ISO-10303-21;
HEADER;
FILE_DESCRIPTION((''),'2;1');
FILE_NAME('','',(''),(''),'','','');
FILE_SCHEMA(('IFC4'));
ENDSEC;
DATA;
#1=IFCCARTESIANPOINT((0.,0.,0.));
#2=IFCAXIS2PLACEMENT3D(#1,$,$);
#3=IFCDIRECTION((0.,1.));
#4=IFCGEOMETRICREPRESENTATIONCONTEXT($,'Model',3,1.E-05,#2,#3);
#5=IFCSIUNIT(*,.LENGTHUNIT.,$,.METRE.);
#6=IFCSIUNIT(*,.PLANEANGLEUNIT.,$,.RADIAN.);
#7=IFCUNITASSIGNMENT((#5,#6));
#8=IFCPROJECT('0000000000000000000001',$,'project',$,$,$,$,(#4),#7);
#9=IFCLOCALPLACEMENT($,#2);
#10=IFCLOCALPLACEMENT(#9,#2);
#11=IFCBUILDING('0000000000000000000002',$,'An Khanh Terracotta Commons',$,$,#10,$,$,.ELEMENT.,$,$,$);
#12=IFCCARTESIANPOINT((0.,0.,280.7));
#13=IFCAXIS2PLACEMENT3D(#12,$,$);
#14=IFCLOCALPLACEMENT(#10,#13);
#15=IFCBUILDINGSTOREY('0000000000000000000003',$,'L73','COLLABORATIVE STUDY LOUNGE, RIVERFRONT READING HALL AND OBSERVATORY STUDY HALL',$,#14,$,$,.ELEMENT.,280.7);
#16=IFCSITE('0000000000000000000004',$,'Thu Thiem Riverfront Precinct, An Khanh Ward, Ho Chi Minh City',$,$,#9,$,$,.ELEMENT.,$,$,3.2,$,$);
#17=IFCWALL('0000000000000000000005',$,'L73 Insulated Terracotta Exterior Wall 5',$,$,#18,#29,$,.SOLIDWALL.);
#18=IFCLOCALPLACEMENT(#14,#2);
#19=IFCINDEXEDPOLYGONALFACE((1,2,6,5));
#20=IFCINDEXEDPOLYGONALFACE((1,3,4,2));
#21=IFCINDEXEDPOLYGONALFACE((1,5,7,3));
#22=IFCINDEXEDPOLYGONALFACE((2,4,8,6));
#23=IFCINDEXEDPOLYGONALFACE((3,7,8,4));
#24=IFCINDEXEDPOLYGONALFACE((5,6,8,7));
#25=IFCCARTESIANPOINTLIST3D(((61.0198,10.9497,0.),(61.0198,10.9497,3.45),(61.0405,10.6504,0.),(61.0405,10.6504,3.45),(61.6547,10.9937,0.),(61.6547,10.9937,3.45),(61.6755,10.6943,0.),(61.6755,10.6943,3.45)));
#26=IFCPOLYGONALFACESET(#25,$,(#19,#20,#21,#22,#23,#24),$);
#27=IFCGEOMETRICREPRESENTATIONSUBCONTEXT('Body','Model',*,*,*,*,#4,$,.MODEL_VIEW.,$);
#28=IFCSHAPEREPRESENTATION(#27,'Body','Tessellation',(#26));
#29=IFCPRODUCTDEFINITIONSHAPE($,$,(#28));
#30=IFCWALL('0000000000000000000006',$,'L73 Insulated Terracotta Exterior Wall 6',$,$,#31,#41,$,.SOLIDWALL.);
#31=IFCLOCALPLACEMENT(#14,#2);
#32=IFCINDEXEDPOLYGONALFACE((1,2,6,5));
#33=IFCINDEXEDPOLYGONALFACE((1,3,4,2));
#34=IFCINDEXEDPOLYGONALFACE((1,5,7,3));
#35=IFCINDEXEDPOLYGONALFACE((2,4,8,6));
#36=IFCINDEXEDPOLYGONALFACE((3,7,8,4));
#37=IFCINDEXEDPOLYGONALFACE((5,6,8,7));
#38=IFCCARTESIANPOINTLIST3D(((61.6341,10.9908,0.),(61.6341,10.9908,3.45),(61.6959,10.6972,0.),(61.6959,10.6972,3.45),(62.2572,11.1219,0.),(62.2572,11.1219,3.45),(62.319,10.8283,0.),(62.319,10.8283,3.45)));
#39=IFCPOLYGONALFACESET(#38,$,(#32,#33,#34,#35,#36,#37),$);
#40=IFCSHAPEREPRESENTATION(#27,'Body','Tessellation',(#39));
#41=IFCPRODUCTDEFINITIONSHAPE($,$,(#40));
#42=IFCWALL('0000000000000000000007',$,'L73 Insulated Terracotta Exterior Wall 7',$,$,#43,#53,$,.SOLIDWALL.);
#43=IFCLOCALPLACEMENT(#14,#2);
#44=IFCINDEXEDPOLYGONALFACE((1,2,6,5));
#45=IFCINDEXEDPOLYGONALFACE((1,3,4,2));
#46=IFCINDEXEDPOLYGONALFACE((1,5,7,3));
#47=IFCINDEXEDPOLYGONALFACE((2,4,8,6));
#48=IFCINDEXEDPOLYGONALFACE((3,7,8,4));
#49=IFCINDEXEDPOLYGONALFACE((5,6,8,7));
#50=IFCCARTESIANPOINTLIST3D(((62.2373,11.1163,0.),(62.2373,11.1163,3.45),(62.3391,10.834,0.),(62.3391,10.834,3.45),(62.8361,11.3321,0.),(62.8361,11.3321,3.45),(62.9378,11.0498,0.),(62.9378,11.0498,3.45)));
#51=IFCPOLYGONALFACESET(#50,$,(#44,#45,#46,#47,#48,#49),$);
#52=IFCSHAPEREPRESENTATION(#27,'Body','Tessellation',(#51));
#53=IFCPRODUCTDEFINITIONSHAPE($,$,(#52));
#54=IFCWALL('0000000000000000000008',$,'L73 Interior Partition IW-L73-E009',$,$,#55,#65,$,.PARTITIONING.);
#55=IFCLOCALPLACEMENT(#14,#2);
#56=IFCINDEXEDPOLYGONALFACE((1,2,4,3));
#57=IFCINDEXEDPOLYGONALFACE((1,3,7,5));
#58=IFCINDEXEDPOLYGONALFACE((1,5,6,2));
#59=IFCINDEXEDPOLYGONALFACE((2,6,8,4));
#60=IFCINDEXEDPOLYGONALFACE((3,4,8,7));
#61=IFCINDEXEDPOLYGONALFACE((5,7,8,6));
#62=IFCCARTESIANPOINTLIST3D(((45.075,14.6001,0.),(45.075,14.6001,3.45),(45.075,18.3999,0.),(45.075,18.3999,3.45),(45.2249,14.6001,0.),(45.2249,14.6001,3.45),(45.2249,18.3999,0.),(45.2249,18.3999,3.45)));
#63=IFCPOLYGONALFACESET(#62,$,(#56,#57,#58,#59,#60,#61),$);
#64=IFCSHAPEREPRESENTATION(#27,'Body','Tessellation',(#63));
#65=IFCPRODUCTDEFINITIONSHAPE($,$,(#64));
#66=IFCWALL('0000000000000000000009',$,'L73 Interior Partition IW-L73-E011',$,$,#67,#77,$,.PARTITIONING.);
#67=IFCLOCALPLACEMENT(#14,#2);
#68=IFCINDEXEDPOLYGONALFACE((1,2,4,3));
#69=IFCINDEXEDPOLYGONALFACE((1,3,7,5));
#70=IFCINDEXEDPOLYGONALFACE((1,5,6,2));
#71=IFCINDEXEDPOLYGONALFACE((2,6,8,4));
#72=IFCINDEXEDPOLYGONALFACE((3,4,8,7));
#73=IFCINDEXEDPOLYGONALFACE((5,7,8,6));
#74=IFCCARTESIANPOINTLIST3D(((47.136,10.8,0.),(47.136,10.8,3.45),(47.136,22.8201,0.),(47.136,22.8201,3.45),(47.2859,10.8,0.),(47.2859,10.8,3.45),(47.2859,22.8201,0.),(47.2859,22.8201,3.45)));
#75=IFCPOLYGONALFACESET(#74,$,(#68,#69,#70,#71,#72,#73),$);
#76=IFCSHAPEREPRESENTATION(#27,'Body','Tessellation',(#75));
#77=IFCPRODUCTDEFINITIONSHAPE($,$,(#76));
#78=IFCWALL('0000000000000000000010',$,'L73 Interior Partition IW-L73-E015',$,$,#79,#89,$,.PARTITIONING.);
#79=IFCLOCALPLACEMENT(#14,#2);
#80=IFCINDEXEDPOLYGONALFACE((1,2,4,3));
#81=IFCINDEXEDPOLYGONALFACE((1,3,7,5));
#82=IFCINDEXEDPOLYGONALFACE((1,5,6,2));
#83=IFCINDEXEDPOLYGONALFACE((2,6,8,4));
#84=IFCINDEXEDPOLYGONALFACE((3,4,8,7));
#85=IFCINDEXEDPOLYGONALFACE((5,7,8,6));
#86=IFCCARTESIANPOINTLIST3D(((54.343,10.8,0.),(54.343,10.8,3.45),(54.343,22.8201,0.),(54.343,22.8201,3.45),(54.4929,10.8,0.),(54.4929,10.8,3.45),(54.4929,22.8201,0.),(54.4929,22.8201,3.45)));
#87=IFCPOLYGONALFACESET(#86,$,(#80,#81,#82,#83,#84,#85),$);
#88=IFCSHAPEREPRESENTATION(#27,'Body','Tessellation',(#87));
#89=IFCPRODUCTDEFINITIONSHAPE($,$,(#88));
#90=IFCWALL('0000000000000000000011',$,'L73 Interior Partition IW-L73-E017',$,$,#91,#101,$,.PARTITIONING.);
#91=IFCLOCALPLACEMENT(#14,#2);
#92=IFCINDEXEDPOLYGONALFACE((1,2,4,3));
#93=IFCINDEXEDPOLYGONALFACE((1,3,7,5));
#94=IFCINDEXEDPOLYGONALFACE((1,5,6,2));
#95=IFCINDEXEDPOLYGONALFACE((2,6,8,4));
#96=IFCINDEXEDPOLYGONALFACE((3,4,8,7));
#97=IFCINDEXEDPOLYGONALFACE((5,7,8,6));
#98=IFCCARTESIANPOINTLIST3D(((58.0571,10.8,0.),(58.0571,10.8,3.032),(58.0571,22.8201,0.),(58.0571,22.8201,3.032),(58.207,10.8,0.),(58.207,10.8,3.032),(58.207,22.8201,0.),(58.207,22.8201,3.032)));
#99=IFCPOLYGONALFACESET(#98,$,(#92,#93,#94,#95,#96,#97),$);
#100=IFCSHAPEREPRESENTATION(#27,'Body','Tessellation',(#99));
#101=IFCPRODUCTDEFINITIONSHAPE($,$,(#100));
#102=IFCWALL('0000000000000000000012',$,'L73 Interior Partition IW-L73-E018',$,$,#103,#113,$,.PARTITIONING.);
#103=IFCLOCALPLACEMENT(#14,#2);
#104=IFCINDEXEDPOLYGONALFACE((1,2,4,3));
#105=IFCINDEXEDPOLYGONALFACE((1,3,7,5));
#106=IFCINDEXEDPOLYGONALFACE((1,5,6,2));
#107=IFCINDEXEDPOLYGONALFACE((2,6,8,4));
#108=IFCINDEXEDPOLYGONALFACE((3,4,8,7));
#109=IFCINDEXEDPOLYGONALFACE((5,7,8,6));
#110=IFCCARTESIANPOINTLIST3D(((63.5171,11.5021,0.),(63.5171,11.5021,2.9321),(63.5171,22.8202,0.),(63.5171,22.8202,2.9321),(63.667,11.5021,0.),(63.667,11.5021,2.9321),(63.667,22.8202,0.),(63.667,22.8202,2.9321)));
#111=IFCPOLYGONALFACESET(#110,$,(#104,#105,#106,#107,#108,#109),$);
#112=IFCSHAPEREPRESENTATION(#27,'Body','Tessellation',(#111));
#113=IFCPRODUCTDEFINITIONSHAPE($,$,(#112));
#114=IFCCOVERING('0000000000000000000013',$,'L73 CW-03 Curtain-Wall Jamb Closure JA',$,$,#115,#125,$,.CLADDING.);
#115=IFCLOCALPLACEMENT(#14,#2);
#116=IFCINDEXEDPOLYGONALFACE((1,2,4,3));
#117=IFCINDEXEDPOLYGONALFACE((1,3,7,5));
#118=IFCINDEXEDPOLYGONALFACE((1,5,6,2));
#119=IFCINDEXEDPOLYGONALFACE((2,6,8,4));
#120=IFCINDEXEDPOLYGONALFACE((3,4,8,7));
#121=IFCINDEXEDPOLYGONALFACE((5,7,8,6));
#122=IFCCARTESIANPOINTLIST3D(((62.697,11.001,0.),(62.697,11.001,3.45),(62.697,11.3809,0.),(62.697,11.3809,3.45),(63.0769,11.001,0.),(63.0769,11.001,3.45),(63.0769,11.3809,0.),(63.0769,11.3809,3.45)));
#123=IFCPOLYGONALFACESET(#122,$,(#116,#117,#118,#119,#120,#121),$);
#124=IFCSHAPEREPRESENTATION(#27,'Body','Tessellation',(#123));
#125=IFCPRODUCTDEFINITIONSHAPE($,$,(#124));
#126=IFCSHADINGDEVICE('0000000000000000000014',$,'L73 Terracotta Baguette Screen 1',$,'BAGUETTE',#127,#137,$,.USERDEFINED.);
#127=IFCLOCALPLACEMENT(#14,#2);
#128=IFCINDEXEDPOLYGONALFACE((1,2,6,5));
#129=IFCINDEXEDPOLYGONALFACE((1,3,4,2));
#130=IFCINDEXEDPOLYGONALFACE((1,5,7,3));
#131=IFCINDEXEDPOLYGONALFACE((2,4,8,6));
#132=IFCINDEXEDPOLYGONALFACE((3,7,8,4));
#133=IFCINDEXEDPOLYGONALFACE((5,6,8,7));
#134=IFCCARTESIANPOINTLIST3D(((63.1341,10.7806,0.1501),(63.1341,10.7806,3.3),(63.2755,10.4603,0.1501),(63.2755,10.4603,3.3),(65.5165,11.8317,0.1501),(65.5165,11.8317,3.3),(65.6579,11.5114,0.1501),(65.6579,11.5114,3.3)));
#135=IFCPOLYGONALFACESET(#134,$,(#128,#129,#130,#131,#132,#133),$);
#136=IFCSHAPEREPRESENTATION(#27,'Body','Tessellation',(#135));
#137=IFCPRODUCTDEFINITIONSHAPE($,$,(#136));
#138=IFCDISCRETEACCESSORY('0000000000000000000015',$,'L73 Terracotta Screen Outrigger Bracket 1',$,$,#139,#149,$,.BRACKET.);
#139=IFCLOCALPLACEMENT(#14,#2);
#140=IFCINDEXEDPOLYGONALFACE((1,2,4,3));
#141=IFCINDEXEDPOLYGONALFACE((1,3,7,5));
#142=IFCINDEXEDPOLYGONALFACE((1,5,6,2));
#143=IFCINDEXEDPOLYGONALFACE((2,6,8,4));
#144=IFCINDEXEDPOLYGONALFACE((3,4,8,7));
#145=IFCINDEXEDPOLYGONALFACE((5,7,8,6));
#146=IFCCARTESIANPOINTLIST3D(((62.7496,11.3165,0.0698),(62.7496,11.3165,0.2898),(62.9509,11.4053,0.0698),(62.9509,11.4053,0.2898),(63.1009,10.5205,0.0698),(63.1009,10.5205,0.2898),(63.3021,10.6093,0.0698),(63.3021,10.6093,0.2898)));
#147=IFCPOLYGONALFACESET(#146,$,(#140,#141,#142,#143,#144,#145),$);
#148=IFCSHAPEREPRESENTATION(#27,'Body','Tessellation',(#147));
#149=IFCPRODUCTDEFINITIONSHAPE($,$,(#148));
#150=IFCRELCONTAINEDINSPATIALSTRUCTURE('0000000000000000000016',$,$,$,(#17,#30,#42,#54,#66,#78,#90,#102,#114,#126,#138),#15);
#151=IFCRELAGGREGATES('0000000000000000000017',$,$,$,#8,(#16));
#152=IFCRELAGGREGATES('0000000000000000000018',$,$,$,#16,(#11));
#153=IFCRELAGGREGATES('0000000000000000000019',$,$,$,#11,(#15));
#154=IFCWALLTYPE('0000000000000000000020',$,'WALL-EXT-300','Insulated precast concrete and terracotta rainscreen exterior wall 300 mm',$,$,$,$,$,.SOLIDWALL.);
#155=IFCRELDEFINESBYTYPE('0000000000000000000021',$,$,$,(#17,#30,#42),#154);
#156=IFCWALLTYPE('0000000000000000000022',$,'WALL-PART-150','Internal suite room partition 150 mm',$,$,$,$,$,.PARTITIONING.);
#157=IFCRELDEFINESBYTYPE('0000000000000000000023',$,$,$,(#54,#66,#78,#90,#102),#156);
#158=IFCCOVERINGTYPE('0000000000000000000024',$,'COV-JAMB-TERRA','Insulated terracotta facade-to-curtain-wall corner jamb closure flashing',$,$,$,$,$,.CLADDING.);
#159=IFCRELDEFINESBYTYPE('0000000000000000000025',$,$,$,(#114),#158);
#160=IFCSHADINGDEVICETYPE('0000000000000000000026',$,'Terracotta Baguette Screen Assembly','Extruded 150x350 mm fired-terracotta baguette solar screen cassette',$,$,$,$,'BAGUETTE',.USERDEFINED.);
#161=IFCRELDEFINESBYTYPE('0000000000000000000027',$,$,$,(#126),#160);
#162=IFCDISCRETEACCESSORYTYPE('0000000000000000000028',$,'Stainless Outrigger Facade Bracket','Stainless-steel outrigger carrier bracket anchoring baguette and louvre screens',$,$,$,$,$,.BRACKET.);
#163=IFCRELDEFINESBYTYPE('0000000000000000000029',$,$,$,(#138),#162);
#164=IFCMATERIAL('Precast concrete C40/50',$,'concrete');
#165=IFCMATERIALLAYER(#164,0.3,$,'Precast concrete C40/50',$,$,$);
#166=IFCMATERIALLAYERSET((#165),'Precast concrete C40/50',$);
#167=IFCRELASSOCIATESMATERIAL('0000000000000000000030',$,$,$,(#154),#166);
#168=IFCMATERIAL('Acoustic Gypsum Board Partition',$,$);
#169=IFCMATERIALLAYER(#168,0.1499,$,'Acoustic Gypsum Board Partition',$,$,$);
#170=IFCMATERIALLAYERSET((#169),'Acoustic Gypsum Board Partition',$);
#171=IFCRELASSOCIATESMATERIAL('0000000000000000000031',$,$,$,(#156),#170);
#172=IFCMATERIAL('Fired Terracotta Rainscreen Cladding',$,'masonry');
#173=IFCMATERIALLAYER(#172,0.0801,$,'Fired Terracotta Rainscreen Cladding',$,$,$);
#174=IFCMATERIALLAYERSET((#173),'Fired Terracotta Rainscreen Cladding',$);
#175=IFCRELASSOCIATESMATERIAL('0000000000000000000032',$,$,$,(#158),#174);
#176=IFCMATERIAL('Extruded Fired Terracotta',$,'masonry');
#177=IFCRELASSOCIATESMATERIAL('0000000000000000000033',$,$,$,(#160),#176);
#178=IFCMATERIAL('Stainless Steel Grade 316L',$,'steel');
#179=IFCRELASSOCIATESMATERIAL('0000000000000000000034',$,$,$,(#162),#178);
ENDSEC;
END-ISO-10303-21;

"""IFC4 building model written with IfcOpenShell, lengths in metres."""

from ifc_helpers import new_model, si_unit, direction, frame, frame_2d, origin, origin_2d, place, context, subcontext, project, spatial, rectangle, extrude, material, layer, layer_set, type_object, element, save


model = new_model("IFC4")

# Units and contexts
model_context = context("Model", 3, precision=1e-05, world=origin(), true_north=direction((0.0, 1.0)))
body_context = subcontext(model_context, "Body", "Model", "MODEL_VIEW")
ifc_project = project(units=[si_unit("LENGTHUNIT", "METRE"), si_unit("PLANEANGLEUNIT", "RADIAN")], contexts=[model_context])

# Site, building, storey
site_placement = place(None, origin())
site = spatial("IfcSite", under=ifc_project, at=site_placement, Name="Thu Thiem Riverfront Precinct, An Khanh Ward, Ho Chi Minh City", CompositionType="ELEMENT", RefElevation=3.2)
building_placement = place(site_placement, origin())
building = spatial("IfcBuilding", under=site, at=building_placement, Name="An Khanh Terracotta Commons", CompositionType="ELEMENT")
storey_placement = place(building_placement, frame((0.0, 0.0, 280.7)))
storey = spatial("IfcBuildingStorey", under=building, at=storey_placement, Name="L73", Description="COLLABORATIVE STUDY LOUNGE, RIVERFRONT READING HALL AND OBSERVATORY STUDY HALL", CompositionType="ELEMENT", Elevation=280.7)

# Walls
ifc_material_1 = material(Name="Precast concrete C40/50", Category="concrete")
ifc_layer_1 = layer(ifc_material_1, 0.3, Name="Precast concrete C40/50")
ifc_layer_set_1 = layer_set([ifc_layer_1], Name="Precast concrete C40/50")
wall_type_1 = type_object("IfcWallType", Name="WALL-EXT-300", Description="Insulated precast concrete and terracotta rainscreen exterior wall 300 mm", PredefinedType="SOLIDWALL", material=ifc_layer_set_1)
wall_1_placement = place(storey_placement, frame((61.03, 10.8, 0.0), z_axis=(0.0, 0.0, 1.0), x_axis=(0.997614, 0.069039, 0.0)))
element("IfcWall", 1, at=wall_1_placement, inside=storey, type_object=wall_type_1, Name="L73 Insulated Terracotta Exterior Wall 5", PredefinedType="SOLIDWALL", context=body_context, shape_type="SweptSolid", body=[
    extrude(rectangle(XDim=0.6365, YDim=0.3, at=frame_2d((0.3184, 0.0))), origin(), (0.0, 0.0, 1.0), 3.45),
])
wall_2_placement = place(storey_placement, frame((61.665, 10.844, 0.0), z_axis=(0.0, 0.0, 1.0), x_axis=(0.97857, 0.205914, 0.0)))
element("IfcWall", 2, at=wall_2_placement, inside=storey, type_object=wall_type_1, Name="L73 Insulated Terracotta Exterior Wall 6", PredefinedType="SOLIDWALL", context=body_context, shape_type="SweptSolid", body=[
    extrude(rectangle(XDim=0.6367, YDim=0.3, at=frame_2d((0.3184, 0.0))), origin(), (0.0, 0.0, 1.0), 3.45),
])
wall_3_placement = place(storey_placement, frame((62.2881, 10.9751, 0.0), z_axis=(0.0, 0.0, 1.0), x_axis=(0.940775, 0.339032, 0.0)))
element("IfcWall", 3, at=wall_3_placement, inside=storey, type_object=wall_type_1, Name="L73 Insulated Terracotta Exterior Wall 7", PredefinedType="SOLIDWALL", context=body_context, shape_type="SweptSolid", body=[
    extrude(rectangle(XDim=0.6365, YDim=0.3, at=frame_2d((0.3184, 0.0))), origin(), (0.0, 0.0, 1.0), 3.45),
])
ifc_material_2 = material(Name="Acoustic Gypsum Board Partition")
ifc_layer_2 = layer(ifc_material_2, 0.1499, Name="Acoustic Gypsum Board Partition")
ifc_layer_set_2 = layer_set([ifc_layer_2], Name="Acoustic Gypsum Board Partition")
wall_type_2 = type_object("IfcWallType", Name="WALL-PART-150", Description="Internal suite room partition 150 mm", PredefinedType="PARTITIONING", material=ifc_layer_set_2)
wall_4_placement = place(storey_placement, frame((45.1499, 14.6001, 0.0), z_axis=(0.0, 0.0, 1.0), x_axis=(0.0, 1.0, 0.0)))
element("IfcWall", 4, at=wall_4_placement, inside=storey, type_object=wall_type_2, Name="L73 Interior Partition IW-L73-E009", PredefinedType="PARTITIONING", context=body_context, shape_type="SweptSolid", body=[
    extrude(rectangle(XDim=3.7998, YDim=0.1499, at=frame_2d((1.8999, 0.0))), origin(), (0.0, 0.0, 1.0), 3.45),
])
for number, where, z_axis, x_axis, name in (
    (5, (47.2109, 10.8, 0.0), (0.0, 0.0, 1.0), (0.0, 1.0, 0.0), "L73 Interior Partition IW-L73-E011"),
    (6, (54.418, 10.8, 0.0), (0.0, 0.0, 1.0), (0.0, 1.0, 0.0), "L73 Interior Partition IW-L73-E015"),
):
    element("IfcWall", number, at=place(storey_placement, frame(where, z_axis=z_axis, x_axis=x_axis)), inside=storey, type_object=wall_type_2, Name=name, PredefinedType="PARTITIONING", context=body_context, shape_type="SweptSolid", body=[
        extrude(rectangle(XDim=12.02, YDim=0.1499, at=frame_2d((6.01, 0.0))), origin(), (0.0, 0.0, 1.0), 3.45),
    ])
wall_5_placement = place(storey_placement, frame((58.1321, 10.8, 0.0), z_axis=(0.0, 0.0, 1.0), x_axis=(0.0, 1.0, 0.0)))
element("IfcWall", 7, at=wall_5_placement, inside=storey, type_object=wall_type_2, Name="L73 Interior Partition IW-L73-E017", PredefinedType="PARTITIONING", context=body_context, shape_type="SweptSolid", body=[
    extrude(rectangle(XDim=12.02, YDim=0.1499, at=frame_2d((6.01, 0.0))), origin(), (0.0, 0.0, 1.0), 3.032),
])
wall_6_placement = place(storey_placement, frame((63.592, 11.502, 0.0), z_axis=(0.0, 0.0, 1.0), x_axis=(0.0, 1.0, 0.0)))
element("IfcWall", 8, at=wall_6_placement, inside=storey, type_object=wall_type_2, Name="L73 Interior Partition IW-L73-E018", PredefinedType="PARTITIONING", context=body_context, shape_type="SweptSolid", body=[
    extrude(rectangle(XDim=11.3181, YDim=0.1499, at=frame_2d((5.6592, 0.0))), origin(), (0.0, 0.0, 1.0), 2.9321),
])

# Covering
ifc_material_3 = material(Name="Fired Terracotta Rainscreen Cladding", Category="masonry")
ifc_layer_3 = layer(ifc_material_3, 0.0801, Name="Fired Terracotta Rainscreen Cladding")
ifc_layer_set_3 = layer_set([ifc_layer_3], Name="Fired Terracotta Rainscreen Cladding")
covering_type = type_object("IfcCoveringType", Name="COV-JAMB-TERRA", Description="Insulated terracotta facade-to-curtain-wall corner jamb closure flashing", PredefinedType="CLADDING", material=ifc_layer_set_3)
covering_placement = place(storey_placement, frame((62.887, 11.1909, 0.0), z_axis=(0.0, 0.0, 1.0), x_axis=(1.0, 0.0, 0.0)))
element("IfcCovering", 9, at=covering_placement, inside=storey, type_object=covering_type, Name="L73 CW-03 Curtain-Wall Jamb Closure JA", PredefinedType="CLADDING", context=body_context, shape_type="SweptSolid", body=[
    extrude(rectangle(XDim=0.3799, YDim=0.3799, at=origin_2d()), origin(), (0.0, 0.0, 1.0), 3.45),
])

# Shading device
ifc_material_4 = material(Name="Extruded Fired Terracotta", Category="masonry")
shading_device_type = type_object("IfcShadingDeviceType", Name="Terracotta Baguette Screen Assembly", Description="Extruded 150x350 mm fired-terracotta baguette solar screen cassette", ElementType="BAGUETTE", PredefinedType="USERDEFINED", material=ifc_material_4)
shading_device_placement = place(storey_placement, frame((64.396, 11.146, 0.1501), z_axis=(0.0, 0.0, 1.0), x_axis=(0.914902, 0.403676, 0.0)))
element("IfcShadingDevice", 10, at=shading_device_placement, inside=storey, type_object=shading_device_type, Name="L73 Terracotta Baguette Screen 1", ObjectType="BAGUETTE", PredefinedType="USERDEFINED", context=body_context, shape_type="SweptSolid", body=[
    extrude(rectangle(XDim=2.604, YDim=0.3501, at=origin_2d()), origin(), (0.0, 0.0, 1.0), 3.1499),
])

# Discrete accessory
ifc_material_5 = material(Name="Stainless Steel Grade 316L", Category="steel")
discrete_accessory_type = type_object("IfcDiscreteAccessoryType", Name="Stainless Outrigger Facade Bracket", Description="Stainless-steel outrigger carrier bracket anchoring baguette and louvre screens", PredefinedType="BRACKET", material=ifc_material_5)
discrete_accessory_placement = place(storey_placement, frame((63.0259, 10.9629, 0.0698), z_axis=(0.0, 0.0, 1.0), x_axis=(0.914902, 0.403676, 0.0)))
element("IfcDiscreteAccessory", 11, at=discrete_accessory_placement, inside=storey, type_object=discrete_accessory_type, Name="L73 Terracotta Screen Outrigger Bracket 1", PredefinedType="BRACKET", context=body_context, shape_type="SweptSolid", body=[
    extrude(rectangle(XDim=0.22, YDim=0.8701, at=origin_2d()), origin(), (0.0, 0.0, 1.0), 0.22),
])

save(model, "model.ifc")
